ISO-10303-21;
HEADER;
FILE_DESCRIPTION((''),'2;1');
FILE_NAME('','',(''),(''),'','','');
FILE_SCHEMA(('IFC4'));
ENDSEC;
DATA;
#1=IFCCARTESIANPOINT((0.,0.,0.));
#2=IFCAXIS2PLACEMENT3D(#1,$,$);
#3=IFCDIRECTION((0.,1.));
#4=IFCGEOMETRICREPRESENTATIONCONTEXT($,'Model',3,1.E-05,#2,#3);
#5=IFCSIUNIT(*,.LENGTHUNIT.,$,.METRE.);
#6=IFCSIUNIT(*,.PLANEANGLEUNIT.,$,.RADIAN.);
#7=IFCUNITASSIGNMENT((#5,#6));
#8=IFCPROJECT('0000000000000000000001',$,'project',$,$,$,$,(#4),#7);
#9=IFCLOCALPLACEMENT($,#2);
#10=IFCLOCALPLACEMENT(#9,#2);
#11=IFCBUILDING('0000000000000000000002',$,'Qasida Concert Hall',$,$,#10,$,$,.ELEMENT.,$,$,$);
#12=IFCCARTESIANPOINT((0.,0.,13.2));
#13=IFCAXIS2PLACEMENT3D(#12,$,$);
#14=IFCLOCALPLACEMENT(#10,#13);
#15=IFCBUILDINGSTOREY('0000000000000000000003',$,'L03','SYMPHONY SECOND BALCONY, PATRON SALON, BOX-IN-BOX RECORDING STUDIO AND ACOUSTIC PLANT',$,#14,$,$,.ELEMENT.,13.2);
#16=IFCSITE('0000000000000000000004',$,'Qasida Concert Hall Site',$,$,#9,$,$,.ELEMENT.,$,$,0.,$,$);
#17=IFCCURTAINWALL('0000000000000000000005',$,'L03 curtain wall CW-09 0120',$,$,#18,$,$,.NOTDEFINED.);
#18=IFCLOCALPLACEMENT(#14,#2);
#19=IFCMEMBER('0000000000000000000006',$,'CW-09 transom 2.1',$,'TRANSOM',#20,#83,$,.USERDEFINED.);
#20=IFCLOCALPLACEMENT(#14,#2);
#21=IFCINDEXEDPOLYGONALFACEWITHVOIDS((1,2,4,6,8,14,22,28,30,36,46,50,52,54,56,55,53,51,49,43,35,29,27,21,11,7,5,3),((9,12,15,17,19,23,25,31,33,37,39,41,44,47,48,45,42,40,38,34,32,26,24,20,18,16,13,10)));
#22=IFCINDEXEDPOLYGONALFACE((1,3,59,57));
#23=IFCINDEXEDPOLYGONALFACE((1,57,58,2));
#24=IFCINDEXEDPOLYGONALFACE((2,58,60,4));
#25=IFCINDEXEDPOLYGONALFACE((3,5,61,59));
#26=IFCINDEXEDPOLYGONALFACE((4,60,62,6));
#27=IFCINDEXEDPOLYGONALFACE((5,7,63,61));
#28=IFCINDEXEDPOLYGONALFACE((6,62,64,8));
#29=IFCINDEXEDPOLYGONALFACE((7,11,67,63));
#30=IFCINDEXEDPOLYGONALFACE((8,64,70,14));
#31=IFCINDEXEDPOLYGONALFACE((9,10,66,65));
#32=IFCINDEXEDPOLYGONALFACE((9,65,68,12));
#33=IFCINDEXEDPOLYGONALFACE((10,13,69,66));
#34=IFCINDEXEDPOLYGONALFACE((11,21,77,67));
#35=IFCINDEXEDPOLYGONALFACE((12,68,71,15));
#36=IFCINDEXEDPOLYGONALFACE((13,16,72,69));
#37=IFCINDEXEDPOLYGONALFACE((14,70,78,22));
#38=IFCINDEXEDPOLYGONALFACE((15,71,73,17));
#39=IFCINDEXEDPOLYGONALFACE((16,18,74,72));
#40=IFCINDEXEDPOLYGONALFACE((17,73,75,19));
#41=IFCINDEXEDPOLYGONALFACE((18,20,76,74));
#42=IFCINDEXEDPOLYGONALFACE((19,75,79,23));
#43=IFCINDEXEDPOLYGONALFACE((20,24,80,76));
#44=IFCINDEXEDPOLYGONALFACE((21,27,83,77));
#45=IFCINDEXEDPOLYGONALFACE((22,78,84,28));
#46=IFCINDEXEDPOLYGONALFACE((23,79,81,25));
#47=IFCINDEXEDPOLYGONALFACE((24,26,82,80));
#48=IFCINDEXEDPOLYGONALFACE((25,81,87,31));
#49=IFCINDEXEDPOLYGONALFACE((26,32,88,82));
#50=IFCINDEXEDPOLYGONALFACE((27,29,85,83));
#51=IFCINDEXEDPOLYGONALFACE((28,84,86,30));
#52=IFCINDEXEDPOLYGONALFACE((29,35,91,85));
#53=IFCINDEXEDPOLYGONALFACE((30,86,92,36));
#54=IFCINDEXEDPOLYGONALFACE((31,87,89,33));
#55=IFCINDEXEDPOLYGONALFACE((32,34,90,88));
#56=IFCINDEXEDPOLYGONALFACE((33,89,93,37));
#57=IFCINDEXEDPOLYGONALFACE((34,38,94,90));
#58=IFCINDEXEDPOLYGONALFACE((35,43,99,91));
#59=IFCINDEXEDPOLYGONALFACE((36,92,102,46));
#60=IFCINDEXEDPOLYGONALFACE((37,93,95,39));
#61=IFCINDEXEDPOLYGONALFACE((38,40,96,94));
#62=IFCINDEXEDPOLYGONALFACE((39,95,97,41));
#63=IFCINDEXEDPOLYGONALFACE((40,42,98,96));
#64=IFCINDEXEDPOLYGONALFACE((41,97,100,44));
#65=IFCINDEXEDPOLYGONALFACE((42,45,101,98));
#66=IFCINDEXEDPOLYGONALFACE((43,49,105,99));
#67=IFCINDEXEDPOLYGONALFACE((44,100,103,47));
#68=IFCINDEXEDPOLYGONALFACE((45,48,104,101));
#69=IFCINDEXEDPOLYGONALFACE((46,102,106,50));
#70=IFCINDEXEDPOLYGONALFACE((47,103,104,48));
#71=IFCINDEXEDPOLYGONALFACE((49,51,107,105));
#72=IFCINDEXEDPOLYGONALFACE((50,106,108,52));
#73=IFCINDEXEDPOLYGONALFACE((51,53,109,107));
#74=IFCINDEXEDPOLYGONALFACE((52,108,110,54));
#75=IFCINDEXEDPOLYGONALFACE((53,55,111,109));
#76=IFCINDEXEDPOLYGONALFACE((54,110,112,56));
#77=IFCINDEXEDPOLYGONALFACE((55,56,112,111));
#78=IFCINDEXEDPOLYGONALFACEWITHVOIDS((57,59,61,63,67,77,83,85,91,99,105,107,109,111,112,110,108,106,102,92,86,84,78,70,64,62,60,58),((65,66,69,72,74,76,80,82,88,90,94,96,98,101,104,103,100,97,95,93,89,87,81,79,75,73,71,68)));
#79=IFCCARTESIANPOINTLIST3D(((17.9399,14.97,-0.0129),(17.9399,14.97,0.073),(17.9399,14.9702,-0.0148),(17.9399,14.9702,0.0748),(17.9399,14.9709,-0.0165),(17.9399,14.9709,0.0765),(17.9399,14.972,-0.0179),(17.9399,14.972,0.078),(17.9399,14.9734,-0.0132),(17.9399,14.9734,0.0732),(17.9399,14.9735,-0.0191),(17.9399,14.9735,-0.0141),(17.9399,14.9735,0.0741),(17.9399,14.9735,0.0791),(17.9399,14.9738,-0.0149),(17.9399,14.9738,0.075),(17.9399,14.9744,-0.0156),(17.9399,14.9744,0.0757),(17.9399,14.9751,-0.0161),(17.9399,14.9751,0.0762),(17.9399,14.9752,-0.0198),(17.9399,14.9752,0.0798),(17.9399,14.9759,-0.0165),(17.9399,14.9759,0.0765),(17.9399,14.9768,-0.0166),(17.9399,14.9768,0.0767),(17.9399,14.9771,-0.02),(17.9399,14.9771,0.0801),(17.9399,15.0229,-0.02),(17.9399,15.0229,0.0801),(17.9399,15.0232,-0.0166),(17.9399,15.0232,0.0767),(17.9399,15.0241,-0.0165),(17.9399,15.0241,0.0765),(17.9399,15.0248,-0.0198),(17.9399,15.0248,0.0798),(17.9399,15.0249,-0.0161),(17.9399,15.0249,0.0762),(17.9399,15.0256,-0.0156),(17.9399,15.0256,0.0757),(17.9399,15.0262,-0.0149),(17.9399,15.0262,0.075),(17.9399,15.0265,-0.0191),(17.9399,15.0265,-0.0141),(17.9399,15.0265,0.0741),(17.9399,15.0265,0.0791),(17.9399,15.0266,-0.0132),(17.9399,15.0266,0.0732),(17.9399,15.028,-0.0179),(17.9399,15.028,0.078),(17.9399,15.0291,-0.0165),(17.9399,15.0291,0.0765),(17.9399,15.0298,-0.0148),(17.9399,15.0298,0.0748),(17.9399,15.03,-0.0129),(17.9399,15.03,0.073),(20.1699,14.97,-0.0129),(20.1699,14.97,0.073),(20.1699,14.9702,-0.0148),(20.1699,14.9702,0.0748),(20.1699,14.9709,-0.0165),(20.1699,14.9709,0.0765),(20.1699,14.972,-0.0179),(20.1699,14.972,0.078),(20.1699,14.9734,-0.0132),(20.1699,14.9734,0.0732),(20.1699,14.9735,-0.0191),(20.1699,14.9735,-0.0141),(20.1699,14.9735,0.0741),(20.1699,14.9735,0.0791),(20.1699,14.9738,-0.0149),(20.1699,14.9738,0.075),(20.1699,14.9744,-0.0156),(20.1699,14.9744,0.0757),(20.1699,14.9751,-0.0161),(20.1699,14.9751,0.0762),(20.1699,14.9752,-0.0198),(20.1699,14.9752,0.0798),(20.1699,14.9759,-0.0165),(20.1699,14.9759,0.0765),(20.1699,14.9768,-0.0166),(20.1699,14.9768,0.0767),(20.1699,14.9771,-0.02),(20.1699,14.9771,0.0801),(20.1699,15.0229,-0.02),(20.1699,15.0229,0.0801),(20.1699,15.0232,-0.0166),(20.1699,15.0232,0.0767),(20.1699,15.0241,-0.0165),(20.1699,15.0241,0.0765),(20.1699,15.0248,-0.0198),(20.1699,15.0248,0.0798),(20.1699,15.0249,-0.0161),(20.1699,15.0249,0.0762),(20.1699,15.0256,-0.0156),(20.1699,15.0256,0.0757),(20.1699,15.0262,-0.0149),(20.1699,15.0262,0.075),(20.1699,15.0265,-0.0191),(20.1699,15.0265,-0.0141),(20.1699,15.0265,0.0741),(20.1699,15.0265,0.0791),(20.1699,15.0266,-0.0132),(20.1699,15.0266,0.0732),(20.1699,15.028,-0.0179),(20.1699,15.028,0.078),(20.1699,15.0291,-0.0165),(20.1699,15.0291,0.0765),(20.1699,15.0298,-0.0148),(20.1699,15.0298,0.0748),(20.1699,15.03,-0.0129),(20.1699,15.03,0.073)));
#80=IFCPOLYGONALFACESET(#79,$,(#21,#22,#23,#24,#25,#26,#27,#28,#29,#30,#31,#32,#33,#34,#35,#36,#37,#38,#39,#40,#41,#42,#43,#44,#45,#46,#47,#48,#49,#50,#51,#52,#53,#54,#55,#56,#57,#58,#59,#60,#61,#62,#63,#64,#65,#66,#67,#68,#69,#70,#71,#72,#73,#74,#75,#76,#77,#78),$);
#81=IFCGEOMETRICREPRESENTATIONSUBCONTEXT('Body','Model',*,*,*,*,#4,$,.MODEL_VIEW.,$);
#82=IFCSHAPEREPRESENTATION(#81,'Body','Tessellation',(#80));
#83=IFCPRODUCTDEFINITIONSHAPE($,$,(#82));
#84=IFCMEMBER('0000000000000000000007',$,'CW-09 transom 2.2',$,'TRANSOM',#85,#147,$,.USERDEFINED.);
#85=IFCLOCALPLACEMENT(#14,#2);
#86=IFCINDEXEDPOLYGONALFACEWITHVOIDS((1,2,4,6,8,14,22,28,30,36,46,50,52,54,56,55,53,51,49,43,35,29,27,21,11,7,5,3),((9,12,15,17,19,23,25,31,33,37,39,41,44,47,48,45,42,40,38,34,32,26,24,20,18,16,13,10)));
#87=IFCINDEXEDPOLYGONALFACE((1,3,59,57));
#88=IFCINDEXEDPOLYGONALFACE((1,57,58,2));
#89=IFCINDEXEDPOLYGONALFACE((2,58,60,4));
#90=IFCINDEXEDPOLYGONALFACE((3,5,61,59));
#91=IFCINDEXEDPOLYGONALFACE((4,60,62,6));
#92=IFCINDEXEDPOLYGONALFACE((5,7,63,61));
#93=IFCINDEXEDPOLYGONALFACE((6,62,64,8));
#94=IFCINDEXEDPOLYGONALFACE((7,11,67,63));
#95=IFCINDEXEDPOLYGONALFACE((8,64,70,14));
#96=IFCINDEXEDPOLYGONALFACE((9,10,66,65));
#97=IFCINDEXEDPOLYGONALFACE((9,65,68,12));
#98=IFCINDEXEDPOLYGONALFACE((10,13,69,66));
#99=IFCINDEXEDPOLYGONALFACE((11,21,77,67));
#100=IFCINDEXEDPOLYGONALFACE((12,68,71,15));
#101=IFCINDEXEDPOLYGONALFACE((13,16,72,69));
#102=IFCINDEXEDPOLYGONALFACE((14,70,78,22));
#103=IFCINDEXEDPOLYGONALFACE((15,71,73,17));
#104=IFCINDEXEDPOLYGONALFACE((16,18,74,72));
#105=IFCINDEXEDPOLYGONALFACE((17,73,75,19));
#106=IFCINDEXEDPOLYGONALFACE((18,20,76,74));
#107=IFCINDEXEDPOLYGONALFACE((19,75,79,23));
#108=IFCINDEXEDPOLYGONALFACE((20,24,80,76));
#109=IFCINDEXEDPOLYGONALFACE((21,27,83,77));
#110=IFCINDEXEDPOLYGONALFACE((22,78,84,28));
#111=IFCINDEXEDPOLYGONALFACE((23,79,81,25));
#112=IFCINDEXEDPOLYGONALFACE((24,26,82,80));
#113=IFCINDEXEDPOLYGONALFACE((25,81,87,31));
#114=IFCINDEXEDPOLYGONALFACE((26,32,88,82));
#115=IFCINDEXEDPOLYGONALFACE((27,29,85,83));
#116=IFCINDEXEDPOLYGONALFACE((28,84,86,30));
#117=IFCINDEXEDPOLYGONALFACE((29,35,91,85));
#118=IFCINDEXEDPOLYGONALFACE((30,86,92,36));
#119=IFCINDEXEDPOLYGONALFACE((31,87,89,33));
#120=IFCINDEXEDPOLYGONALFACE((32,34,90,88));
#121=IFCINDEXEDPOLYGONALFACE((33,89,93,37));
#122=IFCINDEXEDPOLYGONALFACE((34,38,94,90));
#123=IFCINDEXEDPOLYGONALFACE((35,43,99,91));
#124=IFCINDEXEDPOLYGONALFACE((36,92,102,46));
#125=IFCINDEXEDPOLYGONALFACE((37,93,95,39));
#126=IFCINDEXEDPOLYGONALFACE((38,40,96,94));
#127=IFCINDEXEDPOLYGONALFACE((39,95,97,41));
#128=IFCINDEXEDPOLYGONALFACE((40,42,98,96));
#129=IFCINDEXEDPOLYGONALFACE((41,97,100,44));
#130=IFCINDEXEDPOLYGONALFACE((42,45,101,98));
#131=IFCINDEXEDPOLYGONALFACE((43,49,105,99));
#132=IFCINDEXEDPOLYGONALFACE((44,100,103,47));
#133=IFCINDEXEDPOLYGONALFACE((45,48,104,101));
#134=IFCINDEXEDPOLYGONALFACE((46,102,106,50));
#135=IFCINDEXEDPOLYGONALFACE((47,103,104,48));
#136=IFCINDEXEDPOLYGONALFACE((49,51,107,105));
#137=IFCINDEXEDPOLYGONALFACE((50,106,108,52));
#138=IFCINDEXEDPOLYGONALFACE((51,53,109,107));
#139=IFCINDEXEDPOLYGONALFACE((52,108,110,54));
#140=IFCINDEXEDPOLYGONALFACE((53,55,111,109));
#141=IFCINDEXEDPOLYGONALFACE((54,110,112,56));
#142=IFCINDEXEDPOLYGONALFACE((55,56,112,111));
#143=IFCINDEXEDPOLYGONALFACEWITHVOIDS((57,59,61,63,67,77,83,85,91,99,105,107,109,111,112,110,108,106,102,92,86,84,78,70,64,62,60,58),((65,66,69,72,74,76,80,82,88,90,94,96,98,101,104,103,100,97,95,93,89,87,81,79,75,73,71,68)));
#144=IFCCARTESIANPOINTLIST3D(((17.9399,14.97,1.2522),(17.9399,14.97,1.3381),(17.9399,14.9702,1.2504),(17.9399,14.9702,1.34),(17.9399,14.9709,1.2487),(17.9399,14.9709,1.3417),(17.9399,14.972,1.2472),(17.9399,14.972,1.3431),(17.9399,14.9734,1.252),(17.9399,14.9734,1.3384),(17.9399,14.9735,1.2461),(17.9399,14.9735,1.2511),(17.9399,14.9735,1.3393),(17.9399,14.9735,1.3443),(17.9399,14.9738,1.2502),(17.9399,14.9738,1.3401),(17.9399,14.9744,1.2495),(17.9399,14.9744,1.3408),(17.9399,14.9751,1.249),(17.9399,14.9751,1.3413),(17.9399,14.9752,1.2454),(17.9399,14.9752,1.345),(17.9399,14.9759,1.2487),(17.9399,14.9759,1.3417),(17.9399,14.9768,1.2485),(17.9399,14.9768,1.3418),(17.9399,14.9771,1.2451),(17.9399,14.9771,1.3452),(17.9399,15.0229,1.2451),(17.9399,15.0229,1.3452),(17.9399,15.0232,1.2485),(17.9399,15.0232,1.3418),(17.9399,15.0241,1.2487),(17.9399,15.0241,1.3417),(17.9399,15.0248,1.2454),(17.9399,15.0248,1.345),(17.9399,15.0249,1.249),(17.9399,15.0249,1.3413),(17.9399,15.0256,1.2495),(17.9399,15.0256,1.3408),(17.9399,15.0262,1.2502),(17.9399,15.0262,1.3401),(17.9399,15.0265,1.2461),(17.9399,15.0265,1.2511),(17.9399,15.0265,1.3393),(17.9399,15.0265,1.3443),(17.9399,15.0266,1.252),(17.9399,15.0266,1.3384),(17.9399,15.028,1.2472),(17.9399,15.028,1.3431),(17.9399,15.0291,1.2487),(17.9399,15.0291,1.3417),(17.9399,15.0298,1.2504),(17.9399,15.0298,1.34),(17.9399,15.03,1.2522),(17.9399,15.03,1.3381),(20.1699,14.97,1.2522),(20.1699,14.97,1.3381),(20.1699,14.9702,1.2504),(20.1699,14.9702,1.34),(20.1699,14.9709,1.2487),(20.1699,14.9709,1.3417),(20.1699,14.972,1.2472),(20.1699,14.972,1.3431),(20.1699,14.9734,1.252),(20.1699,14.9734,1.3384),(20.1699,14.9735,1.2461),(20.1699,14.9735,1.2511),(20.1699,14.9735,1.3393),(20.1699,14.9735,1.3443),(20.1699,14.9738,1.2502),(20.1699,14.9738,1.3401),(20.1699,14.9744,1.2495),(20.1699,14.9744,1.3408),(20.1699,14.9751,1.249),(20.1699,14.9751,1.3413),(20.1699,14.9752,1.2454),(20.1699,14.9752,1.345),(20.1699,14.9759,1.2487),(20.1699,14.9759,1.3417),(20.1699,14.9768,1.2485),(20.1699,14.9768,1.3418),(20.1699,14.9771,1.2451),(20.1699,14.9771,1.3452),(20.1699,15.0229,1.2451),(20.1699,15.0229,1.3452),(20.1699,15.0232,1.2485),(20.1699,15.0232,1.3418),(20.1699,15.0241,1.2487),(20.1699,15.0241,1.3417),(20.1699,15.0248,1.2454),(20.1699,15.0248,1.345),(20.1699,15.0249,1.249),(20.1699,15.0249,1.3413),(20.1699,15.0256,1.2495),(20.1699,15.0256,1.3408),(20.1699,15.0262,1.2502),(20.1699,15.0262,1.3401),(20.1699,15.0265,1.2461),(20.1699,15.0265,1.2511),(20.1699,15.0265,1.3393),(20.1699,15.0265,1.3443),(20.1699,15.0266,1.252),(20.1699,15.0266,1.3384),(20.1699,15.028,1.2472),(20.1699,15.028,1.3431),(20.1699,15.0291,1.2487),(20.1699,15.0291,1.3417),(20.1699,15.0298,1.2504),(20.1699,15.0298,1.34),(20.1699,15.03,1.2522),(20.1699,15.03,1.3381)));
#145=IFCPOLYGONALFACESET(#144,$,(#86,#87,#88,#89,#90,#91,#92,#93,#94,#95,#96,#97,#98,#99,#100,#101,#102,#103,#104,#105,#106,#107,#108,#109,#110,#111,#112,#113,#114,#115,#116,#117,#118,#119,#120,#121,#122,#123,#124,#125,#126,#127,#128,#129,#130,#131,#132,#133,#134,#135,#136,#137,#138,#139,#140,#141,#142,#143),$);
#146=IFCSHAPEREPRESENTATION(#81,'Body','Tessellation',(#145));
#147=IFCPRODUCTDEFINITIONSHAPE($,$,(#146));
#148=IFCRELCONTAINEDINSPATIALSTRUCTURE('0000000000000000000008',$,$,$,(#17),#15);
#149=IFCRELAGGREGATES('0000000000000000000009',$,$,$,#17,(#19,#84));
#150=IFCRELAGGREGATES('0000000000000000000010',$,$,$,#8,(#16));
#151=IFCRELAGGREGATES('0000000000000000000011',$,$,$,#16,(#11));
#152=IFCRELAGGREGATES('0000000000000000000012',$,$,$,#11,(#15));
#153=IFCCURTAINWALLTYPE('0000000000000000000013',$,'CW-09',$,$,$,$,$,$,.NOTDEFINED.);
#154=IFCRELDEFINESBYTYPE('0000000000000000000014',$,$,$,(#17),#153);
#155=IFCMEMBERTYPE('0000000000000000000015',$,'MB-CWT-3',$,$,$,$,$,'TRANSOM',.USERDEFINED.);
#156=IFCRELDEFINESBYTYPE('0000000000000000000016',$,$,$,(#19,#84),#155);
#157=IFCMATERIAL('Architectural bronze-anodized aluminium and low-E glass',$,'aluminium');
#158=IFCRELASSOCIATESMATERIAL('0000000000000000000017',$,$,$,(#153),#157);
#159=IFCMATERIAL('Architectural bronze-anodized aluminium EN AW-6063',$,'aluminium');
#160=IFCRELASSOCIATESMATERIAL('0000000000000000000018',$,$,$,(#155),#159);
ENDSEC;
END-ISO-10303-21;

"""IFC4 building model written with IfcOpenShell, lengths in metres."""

from ifc_helpers import new_model, si_unit, direction, frame, origin, origin_2d, place, context, subcontext, project, spatial, hollow_rectangle, extrude, material, material_profile, profile_set, type_object, element, aggregate, save


model = new_model("IFC4")

# Units and contexts
model_context = context("Model", 3, precision=1e-05, world=origin(), true_north=direction((0.0, 1.0)))
body_context = subcontext(model_context, "Body", "Model", "MODEL_VIEW")
ifc_project = project(units=[si_unit("LENGTHUNIT", "METRE"), si_unit("PLANEANGLEUNIT", "RADIAN")], contexts=[model_context])

# Site, building, storey
site_placement = place(None, origin())
site = spatial("IfcSite", under=ifc_project, at=site_placement, Name="Qasida Concert Hall Site", CompositionType="ELEMENT", RefElevation=0.0)
building_placement = place(site_placement, origin())
building = spatial("IfcBuilding", under=site, at=building_placement, Name="Qasida Concert Hall", CompositionType="ELEMENT")
storey_placement = place(building_placement, frame((0.0, 0.0, 13.2)))
storey = spatial("IfcBuildingStorey", under=building, at=storey_placement, Name="L03", Description="SYMPHONY SECOND BALCONY, PATRON SALON, BOX-IN-BOX RECORDING STUDIO AND ACOUSTIC PLANT", CompositionType="ELEMENT", Elevation=13.2)

# Curtain wall
ifc_material_1 = material(Name="Architectural bronze-anodized aluminium and low-E glass", Category="aluminium")
curtain_wall_type = type_object("IfcCurtainWallType", Name="CW-09", PredefinedType="NOTDEFINED", material=ifc_material_1)
curtain_wall_1_placement = place(storey_placement, origin())
curtain_wall_1 = element("IfcCurtainWall", 1, at=curtain_wall_1_placement, inside=storey, type_object=curtain_wall_type, Name="L03 curtain wall CW-09 0120", PredefinedType="NOTDEFINED")
ifc_material_2 = material(Name="Architectural bronze-anodized aluminium EN AW-6063", Category="aluminium")

# Members
ifc_material_profile_1 = material_profile(ifc_material_2, hollow_rectangle(XDim=0.0601, YDim=0.1001, WallThickness=0.0034, InnerFilletRadius=0.0034, OuterFilletRadius=0.0071, at=origin_2d()), Name="CWT 100x60x3.5")
ifc_profile_set_1 = profile_set([ifc_material_profile_1], Name="Architectural bronze-anodized aluminium EN AW-6063")
member_type_1 = type_object("IfcMemberType", Name="MB-CWT-3", ElementType="TRANSOM", PredefinedType="USERDEFINED", material=ifc_profile_set_1)
member_1_placement = place(storey_placement, frame((17.9399, 15.0, 0.03), z_axis=(1.0, 0.0, 0.0), x_axis=(0.0, 1.0, 0.0)))
member_1 = element("IfcMember", 2, at=member_1_placement, type_object=member_type_1, Name="CW-09 transom 2.1", ObjectType="TRANSOM", PredefinedType="USERDEFINED", context=body_context, shape_type="SweptSolid", body=[
    extrude(hollow_rectangle(XDim=0.0601, YDim=0.1001, WallThickness=0.0034, InnerFilletRadius=0.0034, OuterFilletRadius=0.0071, at=origin_2d()), origin(), (0.0, 0.0, 1.0), 2.23),
])
member_2_placement = place(storey_placement, frame((17.9399, 15.0, 1.2952), z_axis=(1.0, 0.0, 0.0), x_axis=(0.0, 1.0, 0.0)))
member_2 = element("IfcMember", 3, at=member_2_placement, type_object=member_type_1, Name="CW-09 transom 2.2", ObjectType="TRANSOM", PredefinedType="USERDEFINED", context=body_context, shape_type="SweptSolid", body=[
    extrude(hollow_rectangle(XDim=0.0601, YDim=0.1001, WallThickness=0.0034, InnerFilletRadius=0.0034, OuterFilletRadius=0.0071, at=origin_2d()), origin(), (0.0, 0.0, 1.0), 2.23),
])

aggregate(curtain_wall_1, [member_1, member_2])

save(model, "model.ifc")
